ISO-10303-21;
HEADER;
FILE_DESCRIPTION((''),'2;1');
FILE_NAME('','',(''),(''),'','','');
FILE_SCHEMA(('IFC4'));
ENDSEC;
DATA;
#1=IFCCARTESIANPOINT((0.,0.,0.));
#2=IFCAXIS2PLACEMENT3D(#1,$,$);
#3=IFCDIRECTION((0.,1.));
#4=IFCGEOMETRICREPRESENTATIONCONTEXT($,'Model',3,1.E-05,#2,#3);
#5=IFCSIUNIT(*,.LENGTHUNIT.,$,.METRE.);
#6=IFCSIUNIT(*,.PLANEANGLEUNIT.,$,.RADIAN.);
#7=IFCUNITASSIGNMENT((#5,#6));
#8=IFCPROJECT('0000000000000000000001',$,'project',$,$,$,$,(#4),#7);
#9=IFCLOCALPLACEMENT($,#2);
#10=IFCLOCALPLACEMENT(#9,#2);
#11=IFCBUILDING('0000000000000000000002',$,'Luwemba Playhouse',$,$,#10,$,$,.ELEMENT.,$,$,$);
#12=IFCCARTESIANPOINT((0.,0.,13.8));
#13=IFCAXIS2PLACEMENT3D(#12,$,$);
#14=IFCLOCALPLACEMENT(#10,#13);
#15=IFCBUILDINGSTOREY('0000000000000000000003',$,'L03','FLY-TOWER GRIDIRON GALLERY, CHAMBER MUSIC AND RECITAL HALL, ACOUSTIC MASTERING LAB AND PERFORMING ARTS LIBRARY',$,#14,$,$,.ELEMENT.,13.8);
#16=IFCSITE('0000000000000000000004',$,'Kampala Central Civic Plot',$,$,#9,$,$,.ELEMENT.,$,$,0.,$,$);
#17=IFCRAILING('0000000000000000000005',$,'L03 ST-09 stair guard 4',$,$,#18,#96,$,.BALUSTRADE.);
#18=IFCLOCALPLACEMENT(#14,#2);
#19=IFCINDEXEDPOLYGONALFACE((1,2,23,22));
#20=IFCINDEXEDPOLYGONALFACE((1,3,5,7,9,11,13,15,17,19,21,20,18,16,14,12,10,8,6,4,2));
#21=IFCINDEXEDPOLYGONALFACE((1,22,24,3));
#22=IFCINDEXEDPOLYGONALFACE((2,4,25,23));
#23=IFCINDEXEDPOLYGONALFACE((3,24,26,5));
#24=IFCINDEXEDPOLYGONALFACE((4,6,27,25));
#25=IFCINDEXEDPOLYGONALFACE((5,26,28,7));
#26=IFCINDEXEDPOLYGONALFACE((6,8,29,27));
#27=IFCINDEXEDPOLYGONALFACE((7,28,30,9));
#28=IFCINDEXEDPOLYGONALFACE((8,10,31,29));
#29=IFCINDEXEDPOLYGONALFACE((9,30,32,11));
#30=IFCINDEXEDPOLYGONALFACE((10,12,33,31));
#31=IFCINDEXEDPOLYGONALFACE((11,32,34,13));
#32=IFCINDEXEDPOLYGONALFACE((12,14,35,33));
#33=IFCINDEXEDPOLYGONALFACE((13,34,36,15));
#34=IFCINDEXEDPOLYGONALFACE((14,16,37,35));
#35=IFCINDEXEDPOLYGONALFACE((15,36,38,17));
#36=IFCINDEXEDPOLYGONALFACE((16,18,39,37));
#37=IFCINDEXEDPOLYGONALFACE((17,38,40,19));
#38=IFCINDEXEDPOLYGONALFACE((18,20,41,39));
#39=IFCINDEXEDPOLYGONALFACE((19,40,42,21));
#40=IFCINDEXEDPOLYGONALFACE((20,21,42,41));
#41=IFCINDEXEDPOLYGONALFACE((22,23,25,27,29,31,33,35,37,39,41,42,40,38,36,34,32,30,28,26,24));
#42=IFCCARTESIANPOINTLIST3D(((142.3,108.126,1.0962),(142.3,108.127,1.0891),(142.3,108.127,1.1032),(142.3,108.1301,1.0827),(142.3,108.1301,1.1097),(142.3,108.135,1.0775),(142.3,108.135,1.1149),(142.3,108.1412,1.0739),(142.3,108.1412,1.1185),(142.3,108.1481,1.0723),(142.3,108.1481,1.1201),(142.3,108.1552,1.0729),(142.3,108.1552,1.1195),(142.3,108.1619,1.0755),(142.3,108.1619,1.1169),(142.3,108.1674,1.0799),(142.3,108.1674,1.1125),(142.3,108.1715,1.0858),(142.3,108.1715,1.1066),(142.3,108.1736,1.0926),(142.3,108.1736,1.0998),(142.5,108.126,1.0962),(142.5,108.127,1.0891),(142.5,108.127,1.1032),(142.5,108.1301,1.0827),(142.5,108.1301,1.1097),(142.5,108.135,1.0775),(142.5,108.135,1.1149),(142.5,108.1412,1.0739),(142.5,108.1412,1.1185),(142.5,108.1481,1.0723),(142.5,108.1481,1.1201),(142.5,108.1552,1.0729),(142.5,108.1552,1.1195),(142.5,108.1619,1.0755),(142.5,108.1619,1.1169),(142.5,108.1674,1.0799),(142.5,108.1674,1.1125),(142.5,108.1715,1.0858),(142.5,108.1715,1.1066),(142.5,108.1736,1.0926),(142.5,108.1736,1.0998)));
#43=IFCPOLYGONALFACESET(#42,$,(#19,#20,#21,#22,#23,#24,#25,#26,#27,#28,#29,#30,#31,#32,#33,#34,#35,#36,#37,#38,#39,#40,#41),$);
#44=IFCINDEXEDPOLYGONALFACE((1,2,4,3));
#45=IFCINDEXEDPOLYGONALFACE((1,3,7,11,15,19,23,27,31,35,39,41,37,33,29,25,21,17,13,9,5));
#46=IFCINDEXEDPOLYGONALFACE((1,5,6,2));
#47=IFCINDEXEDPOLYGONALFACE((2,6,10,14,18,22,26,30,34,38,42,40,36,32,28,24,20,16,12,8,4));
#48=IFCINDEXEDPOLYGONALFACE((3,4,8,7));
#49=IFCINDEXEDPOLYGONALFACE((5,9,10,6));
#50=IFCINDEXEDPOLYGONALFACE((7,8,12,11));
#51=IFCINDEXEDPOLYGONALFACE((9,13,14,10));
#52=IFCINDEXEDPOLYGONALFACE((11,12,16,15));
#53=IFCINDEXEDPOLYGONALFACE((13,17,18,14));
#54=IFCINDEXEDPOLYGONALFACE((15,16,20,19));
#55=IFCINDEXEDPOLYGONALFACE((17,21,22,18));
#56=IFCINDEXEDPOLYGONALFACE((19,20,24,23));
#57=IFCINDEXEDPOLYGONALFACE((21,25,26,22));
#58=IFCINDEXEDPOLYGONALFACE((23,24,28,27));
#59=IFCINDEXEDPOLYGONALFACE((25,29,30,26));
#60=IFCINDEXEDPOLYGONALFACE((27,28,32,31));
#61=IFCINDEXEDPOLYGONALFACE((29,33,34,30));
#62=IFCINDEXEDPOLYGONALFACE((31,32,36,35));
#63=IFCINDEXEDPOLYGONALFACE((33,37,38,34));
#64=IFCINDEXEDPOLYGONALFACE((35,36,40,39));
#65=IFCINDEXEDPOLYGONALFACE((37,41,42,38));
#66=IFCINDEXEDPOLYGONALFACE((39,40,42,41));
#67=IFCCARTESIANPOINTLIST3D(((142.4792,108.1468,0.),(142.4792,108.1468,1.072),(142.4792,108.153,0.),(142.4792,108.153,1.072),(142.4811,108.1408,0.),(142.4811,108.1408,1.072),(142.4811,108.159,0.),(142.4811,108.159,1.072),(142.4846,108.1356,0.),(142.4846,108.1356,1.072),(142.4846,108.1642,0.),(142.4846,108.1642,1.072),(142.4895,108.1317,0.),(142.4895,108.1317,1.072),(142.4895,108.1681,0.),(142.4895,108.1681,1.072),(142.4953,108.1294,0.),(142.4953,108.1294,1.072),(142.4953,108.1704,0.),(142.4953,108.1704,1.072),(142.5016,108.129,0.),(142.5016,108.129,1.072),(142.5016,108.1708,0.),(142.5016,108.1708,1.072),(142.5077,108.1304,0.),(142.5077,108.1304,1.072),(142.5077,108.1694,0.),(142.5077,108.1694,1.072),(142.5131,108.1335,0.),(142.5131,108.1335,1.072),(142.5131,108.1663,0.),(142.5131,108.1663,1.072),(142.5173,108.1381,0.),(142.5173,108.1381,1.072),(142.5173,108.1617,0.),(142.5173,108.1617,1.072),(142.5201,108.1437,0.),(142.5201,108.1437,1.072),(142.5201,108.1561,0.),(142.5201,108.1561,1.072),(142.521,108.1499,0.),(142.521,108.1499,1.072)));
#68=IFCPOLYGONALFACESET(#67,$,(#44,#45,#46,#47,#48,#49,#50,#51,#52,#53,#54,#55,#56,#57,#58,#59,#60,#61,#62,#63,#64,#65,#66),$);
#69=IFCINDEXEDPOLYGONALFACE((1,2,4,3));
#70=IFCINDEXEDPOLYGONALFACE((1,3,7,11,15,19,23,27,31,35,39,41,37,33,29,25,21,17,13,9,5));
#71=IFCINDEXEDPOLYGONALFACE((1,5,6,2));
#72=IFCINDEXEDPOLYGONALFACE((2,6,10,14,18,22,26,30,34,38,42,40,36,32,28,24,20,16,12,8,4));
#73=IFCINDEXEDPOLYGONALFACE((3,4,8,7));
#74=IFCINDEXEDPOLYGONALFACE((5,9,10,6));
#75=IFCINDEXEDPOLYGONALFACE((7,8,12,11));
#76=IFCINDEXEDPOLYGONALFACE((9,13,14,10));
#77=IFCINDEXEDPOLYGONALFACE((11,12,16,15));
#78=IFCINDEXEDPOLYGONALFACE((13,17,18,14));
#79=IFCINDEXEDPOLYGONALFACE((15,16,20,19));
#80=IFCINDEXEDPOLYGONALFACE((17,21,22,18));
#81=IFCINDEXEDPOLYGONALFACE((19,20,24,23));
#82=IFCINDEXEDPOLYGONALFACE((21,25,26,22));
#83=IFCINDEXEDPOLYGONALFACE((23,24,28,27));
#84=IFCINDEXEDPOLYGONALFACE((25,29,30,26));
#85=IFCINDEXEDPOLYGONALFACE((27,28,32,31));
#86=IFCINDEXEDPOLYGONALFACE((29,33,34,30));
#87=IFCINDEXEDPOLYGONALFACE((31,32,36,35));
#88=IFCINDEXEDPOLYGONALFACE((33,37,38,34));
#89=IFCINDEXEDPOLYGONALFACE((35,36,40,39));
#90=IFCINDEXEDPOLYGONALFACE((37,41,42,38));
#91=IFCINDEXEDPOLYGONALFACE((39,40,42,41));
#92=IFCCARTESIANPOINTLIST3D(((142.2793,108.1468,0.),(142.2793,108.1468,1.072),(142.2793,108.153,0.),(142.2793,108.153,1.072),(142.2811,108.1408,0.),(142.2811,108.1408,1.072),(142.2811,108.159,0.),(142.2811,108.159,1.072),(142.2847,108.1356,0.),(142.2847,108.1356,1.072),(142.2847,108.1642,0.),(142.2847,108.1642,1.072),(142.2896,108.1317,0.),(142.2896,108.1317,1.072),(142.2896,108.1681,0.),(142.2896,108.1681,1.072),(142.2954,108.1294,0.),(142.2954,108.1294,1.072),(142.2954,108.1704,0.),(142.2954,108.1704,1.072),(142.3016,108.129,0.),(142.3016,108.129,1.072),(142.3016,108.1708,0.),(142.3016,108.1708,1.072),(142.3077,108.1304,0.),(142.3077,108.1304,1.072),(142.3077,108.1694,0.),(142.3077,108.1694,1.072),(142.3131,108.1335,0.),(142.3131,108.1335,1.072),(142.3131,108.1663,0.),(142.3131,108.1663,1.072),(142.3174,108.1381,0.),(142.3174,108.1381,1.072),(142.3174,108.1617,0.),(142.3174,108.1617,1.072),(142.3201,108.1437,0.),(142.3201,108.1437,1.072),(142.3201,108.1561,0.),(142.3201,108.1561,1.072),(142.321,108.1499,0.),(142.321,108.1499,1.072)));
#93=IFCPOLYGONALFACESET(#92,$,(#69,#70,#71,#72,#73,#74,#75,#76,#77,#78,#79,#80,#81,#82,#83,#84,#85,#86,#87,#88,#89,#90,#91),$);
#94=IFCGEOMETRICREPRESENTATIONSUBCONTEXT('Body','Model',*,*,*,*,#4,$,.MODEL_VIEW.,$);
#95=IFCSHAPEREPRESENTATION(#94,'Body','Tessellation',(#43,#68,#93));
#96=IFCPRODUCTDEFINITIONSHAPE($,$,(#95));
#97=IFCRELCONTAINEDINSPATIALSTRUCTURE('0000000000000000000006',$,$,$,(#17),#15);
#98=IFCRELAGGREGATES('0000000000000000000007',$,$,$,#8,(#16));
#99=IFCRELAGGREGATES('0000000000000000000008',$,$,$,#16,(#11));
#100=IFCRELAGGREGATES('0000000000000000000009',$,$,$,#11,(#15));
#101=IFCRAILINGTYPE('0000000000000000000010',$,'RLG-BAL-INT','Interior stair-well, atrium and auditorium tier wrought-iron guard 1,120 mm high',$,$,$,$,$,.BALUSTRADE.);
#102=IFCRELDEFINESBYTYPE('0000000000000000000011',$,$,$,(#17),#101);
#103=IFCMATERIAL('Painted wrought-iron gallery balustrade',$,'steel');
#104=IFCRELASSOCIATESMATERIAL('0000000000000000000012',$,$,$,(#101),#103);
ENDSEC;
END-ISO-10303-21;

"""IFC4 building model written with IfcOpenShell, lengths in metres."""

from ifc_helpers import new_model, si_unit, direction, frame, origin, origin_2d, place, context, subcontext, project, spatial, circle, extrude, material, type_object, element, save


model = new_model("IFC4")

# Units and contexts
model_context = context("Model", 3, precision=1e-05, world=origin(), true_north=direction((0.0, 1.0)))
body_context = subcontext(model_context, "Body", "Model", "MODEL_VIEW")
ifc_project = project(units=[si_unit("LENGTHUNIT", "METRE"), si_unit("PLANEANGLEUNIT", "RADIAN")], contexts=[model_context])

# Site, building, storey
site_placement = place(None, origin())
site = spatial("IfcSite", under=ifc_project, at=site_placement, Name="Kampala Central Civic Plot", CompositionType="ELEMENT", RefElevation=0.0)
building_placement = place(site_placement, origin())
building = spatial("IfcBuilding", under=site, at=building_placement, Name="Luwemba Playhouse", CompositionType="ELEMENT")
storey_placement = place(building_placement, frame((0.0, 0.0, 13.8)))
storey = spatial("IfcBuildingStorey", under=building, at=storey_placement, Name="L03", Description="FLY-TOWER GRIDIRON GALLERY, CHAMBER MUSIC AND RECITAL HALL, ACOUSTIC MASTERING LAB AND PERFORMING ARTS LIBRARY", CompositionType="ELEMENT", Elevation=13.8)

# Railing
ifc_material_1 = material(Name="Painted wrought-iron gallery balustrade", Category="steel")
railing_type_1 = type_object("IfcRailingType", Name="RLG-BAL-INT", Description="Interior stair-well, atrium and auditorium tier wrought-iron guard 1,120 mm high", PredefinedType="BALUSTRADE", material=ifc_material_1)
railing_1_placement = place(storey_placement, frame((142.5, 108.1499, 0.0)))
element("IfcRailing", 1, at=railing_1_placement, inside=storey, type_object=railing_type_1, Name="L03 ST-09 stair guard 4", PredefinedType="BALUSTRADE", context=body_context, shape_type="SweptSolid", body=[
    extrude(circle(Radius=0.0239, at=origin_2d()), frame((0.0, 0.0, 1.0962), z_axis=(-1.0, 0.0, 0.0), x_axis=(0.0, -1.0, 0.0)), (0.0, 0.0, 1.0), 0.2),
    extrude(circle(Radius=0.021, at=origin_2d()), origin(), (0.0, 0.0, 1.0), 1.072),
    extrude(circle(Radius=0.021, at=origin_2d()), frame((-0.2, 0.0, 0.0)), (0.0, 0.0, 1.0), 1.072),
])

save(model, "model.ifc")
